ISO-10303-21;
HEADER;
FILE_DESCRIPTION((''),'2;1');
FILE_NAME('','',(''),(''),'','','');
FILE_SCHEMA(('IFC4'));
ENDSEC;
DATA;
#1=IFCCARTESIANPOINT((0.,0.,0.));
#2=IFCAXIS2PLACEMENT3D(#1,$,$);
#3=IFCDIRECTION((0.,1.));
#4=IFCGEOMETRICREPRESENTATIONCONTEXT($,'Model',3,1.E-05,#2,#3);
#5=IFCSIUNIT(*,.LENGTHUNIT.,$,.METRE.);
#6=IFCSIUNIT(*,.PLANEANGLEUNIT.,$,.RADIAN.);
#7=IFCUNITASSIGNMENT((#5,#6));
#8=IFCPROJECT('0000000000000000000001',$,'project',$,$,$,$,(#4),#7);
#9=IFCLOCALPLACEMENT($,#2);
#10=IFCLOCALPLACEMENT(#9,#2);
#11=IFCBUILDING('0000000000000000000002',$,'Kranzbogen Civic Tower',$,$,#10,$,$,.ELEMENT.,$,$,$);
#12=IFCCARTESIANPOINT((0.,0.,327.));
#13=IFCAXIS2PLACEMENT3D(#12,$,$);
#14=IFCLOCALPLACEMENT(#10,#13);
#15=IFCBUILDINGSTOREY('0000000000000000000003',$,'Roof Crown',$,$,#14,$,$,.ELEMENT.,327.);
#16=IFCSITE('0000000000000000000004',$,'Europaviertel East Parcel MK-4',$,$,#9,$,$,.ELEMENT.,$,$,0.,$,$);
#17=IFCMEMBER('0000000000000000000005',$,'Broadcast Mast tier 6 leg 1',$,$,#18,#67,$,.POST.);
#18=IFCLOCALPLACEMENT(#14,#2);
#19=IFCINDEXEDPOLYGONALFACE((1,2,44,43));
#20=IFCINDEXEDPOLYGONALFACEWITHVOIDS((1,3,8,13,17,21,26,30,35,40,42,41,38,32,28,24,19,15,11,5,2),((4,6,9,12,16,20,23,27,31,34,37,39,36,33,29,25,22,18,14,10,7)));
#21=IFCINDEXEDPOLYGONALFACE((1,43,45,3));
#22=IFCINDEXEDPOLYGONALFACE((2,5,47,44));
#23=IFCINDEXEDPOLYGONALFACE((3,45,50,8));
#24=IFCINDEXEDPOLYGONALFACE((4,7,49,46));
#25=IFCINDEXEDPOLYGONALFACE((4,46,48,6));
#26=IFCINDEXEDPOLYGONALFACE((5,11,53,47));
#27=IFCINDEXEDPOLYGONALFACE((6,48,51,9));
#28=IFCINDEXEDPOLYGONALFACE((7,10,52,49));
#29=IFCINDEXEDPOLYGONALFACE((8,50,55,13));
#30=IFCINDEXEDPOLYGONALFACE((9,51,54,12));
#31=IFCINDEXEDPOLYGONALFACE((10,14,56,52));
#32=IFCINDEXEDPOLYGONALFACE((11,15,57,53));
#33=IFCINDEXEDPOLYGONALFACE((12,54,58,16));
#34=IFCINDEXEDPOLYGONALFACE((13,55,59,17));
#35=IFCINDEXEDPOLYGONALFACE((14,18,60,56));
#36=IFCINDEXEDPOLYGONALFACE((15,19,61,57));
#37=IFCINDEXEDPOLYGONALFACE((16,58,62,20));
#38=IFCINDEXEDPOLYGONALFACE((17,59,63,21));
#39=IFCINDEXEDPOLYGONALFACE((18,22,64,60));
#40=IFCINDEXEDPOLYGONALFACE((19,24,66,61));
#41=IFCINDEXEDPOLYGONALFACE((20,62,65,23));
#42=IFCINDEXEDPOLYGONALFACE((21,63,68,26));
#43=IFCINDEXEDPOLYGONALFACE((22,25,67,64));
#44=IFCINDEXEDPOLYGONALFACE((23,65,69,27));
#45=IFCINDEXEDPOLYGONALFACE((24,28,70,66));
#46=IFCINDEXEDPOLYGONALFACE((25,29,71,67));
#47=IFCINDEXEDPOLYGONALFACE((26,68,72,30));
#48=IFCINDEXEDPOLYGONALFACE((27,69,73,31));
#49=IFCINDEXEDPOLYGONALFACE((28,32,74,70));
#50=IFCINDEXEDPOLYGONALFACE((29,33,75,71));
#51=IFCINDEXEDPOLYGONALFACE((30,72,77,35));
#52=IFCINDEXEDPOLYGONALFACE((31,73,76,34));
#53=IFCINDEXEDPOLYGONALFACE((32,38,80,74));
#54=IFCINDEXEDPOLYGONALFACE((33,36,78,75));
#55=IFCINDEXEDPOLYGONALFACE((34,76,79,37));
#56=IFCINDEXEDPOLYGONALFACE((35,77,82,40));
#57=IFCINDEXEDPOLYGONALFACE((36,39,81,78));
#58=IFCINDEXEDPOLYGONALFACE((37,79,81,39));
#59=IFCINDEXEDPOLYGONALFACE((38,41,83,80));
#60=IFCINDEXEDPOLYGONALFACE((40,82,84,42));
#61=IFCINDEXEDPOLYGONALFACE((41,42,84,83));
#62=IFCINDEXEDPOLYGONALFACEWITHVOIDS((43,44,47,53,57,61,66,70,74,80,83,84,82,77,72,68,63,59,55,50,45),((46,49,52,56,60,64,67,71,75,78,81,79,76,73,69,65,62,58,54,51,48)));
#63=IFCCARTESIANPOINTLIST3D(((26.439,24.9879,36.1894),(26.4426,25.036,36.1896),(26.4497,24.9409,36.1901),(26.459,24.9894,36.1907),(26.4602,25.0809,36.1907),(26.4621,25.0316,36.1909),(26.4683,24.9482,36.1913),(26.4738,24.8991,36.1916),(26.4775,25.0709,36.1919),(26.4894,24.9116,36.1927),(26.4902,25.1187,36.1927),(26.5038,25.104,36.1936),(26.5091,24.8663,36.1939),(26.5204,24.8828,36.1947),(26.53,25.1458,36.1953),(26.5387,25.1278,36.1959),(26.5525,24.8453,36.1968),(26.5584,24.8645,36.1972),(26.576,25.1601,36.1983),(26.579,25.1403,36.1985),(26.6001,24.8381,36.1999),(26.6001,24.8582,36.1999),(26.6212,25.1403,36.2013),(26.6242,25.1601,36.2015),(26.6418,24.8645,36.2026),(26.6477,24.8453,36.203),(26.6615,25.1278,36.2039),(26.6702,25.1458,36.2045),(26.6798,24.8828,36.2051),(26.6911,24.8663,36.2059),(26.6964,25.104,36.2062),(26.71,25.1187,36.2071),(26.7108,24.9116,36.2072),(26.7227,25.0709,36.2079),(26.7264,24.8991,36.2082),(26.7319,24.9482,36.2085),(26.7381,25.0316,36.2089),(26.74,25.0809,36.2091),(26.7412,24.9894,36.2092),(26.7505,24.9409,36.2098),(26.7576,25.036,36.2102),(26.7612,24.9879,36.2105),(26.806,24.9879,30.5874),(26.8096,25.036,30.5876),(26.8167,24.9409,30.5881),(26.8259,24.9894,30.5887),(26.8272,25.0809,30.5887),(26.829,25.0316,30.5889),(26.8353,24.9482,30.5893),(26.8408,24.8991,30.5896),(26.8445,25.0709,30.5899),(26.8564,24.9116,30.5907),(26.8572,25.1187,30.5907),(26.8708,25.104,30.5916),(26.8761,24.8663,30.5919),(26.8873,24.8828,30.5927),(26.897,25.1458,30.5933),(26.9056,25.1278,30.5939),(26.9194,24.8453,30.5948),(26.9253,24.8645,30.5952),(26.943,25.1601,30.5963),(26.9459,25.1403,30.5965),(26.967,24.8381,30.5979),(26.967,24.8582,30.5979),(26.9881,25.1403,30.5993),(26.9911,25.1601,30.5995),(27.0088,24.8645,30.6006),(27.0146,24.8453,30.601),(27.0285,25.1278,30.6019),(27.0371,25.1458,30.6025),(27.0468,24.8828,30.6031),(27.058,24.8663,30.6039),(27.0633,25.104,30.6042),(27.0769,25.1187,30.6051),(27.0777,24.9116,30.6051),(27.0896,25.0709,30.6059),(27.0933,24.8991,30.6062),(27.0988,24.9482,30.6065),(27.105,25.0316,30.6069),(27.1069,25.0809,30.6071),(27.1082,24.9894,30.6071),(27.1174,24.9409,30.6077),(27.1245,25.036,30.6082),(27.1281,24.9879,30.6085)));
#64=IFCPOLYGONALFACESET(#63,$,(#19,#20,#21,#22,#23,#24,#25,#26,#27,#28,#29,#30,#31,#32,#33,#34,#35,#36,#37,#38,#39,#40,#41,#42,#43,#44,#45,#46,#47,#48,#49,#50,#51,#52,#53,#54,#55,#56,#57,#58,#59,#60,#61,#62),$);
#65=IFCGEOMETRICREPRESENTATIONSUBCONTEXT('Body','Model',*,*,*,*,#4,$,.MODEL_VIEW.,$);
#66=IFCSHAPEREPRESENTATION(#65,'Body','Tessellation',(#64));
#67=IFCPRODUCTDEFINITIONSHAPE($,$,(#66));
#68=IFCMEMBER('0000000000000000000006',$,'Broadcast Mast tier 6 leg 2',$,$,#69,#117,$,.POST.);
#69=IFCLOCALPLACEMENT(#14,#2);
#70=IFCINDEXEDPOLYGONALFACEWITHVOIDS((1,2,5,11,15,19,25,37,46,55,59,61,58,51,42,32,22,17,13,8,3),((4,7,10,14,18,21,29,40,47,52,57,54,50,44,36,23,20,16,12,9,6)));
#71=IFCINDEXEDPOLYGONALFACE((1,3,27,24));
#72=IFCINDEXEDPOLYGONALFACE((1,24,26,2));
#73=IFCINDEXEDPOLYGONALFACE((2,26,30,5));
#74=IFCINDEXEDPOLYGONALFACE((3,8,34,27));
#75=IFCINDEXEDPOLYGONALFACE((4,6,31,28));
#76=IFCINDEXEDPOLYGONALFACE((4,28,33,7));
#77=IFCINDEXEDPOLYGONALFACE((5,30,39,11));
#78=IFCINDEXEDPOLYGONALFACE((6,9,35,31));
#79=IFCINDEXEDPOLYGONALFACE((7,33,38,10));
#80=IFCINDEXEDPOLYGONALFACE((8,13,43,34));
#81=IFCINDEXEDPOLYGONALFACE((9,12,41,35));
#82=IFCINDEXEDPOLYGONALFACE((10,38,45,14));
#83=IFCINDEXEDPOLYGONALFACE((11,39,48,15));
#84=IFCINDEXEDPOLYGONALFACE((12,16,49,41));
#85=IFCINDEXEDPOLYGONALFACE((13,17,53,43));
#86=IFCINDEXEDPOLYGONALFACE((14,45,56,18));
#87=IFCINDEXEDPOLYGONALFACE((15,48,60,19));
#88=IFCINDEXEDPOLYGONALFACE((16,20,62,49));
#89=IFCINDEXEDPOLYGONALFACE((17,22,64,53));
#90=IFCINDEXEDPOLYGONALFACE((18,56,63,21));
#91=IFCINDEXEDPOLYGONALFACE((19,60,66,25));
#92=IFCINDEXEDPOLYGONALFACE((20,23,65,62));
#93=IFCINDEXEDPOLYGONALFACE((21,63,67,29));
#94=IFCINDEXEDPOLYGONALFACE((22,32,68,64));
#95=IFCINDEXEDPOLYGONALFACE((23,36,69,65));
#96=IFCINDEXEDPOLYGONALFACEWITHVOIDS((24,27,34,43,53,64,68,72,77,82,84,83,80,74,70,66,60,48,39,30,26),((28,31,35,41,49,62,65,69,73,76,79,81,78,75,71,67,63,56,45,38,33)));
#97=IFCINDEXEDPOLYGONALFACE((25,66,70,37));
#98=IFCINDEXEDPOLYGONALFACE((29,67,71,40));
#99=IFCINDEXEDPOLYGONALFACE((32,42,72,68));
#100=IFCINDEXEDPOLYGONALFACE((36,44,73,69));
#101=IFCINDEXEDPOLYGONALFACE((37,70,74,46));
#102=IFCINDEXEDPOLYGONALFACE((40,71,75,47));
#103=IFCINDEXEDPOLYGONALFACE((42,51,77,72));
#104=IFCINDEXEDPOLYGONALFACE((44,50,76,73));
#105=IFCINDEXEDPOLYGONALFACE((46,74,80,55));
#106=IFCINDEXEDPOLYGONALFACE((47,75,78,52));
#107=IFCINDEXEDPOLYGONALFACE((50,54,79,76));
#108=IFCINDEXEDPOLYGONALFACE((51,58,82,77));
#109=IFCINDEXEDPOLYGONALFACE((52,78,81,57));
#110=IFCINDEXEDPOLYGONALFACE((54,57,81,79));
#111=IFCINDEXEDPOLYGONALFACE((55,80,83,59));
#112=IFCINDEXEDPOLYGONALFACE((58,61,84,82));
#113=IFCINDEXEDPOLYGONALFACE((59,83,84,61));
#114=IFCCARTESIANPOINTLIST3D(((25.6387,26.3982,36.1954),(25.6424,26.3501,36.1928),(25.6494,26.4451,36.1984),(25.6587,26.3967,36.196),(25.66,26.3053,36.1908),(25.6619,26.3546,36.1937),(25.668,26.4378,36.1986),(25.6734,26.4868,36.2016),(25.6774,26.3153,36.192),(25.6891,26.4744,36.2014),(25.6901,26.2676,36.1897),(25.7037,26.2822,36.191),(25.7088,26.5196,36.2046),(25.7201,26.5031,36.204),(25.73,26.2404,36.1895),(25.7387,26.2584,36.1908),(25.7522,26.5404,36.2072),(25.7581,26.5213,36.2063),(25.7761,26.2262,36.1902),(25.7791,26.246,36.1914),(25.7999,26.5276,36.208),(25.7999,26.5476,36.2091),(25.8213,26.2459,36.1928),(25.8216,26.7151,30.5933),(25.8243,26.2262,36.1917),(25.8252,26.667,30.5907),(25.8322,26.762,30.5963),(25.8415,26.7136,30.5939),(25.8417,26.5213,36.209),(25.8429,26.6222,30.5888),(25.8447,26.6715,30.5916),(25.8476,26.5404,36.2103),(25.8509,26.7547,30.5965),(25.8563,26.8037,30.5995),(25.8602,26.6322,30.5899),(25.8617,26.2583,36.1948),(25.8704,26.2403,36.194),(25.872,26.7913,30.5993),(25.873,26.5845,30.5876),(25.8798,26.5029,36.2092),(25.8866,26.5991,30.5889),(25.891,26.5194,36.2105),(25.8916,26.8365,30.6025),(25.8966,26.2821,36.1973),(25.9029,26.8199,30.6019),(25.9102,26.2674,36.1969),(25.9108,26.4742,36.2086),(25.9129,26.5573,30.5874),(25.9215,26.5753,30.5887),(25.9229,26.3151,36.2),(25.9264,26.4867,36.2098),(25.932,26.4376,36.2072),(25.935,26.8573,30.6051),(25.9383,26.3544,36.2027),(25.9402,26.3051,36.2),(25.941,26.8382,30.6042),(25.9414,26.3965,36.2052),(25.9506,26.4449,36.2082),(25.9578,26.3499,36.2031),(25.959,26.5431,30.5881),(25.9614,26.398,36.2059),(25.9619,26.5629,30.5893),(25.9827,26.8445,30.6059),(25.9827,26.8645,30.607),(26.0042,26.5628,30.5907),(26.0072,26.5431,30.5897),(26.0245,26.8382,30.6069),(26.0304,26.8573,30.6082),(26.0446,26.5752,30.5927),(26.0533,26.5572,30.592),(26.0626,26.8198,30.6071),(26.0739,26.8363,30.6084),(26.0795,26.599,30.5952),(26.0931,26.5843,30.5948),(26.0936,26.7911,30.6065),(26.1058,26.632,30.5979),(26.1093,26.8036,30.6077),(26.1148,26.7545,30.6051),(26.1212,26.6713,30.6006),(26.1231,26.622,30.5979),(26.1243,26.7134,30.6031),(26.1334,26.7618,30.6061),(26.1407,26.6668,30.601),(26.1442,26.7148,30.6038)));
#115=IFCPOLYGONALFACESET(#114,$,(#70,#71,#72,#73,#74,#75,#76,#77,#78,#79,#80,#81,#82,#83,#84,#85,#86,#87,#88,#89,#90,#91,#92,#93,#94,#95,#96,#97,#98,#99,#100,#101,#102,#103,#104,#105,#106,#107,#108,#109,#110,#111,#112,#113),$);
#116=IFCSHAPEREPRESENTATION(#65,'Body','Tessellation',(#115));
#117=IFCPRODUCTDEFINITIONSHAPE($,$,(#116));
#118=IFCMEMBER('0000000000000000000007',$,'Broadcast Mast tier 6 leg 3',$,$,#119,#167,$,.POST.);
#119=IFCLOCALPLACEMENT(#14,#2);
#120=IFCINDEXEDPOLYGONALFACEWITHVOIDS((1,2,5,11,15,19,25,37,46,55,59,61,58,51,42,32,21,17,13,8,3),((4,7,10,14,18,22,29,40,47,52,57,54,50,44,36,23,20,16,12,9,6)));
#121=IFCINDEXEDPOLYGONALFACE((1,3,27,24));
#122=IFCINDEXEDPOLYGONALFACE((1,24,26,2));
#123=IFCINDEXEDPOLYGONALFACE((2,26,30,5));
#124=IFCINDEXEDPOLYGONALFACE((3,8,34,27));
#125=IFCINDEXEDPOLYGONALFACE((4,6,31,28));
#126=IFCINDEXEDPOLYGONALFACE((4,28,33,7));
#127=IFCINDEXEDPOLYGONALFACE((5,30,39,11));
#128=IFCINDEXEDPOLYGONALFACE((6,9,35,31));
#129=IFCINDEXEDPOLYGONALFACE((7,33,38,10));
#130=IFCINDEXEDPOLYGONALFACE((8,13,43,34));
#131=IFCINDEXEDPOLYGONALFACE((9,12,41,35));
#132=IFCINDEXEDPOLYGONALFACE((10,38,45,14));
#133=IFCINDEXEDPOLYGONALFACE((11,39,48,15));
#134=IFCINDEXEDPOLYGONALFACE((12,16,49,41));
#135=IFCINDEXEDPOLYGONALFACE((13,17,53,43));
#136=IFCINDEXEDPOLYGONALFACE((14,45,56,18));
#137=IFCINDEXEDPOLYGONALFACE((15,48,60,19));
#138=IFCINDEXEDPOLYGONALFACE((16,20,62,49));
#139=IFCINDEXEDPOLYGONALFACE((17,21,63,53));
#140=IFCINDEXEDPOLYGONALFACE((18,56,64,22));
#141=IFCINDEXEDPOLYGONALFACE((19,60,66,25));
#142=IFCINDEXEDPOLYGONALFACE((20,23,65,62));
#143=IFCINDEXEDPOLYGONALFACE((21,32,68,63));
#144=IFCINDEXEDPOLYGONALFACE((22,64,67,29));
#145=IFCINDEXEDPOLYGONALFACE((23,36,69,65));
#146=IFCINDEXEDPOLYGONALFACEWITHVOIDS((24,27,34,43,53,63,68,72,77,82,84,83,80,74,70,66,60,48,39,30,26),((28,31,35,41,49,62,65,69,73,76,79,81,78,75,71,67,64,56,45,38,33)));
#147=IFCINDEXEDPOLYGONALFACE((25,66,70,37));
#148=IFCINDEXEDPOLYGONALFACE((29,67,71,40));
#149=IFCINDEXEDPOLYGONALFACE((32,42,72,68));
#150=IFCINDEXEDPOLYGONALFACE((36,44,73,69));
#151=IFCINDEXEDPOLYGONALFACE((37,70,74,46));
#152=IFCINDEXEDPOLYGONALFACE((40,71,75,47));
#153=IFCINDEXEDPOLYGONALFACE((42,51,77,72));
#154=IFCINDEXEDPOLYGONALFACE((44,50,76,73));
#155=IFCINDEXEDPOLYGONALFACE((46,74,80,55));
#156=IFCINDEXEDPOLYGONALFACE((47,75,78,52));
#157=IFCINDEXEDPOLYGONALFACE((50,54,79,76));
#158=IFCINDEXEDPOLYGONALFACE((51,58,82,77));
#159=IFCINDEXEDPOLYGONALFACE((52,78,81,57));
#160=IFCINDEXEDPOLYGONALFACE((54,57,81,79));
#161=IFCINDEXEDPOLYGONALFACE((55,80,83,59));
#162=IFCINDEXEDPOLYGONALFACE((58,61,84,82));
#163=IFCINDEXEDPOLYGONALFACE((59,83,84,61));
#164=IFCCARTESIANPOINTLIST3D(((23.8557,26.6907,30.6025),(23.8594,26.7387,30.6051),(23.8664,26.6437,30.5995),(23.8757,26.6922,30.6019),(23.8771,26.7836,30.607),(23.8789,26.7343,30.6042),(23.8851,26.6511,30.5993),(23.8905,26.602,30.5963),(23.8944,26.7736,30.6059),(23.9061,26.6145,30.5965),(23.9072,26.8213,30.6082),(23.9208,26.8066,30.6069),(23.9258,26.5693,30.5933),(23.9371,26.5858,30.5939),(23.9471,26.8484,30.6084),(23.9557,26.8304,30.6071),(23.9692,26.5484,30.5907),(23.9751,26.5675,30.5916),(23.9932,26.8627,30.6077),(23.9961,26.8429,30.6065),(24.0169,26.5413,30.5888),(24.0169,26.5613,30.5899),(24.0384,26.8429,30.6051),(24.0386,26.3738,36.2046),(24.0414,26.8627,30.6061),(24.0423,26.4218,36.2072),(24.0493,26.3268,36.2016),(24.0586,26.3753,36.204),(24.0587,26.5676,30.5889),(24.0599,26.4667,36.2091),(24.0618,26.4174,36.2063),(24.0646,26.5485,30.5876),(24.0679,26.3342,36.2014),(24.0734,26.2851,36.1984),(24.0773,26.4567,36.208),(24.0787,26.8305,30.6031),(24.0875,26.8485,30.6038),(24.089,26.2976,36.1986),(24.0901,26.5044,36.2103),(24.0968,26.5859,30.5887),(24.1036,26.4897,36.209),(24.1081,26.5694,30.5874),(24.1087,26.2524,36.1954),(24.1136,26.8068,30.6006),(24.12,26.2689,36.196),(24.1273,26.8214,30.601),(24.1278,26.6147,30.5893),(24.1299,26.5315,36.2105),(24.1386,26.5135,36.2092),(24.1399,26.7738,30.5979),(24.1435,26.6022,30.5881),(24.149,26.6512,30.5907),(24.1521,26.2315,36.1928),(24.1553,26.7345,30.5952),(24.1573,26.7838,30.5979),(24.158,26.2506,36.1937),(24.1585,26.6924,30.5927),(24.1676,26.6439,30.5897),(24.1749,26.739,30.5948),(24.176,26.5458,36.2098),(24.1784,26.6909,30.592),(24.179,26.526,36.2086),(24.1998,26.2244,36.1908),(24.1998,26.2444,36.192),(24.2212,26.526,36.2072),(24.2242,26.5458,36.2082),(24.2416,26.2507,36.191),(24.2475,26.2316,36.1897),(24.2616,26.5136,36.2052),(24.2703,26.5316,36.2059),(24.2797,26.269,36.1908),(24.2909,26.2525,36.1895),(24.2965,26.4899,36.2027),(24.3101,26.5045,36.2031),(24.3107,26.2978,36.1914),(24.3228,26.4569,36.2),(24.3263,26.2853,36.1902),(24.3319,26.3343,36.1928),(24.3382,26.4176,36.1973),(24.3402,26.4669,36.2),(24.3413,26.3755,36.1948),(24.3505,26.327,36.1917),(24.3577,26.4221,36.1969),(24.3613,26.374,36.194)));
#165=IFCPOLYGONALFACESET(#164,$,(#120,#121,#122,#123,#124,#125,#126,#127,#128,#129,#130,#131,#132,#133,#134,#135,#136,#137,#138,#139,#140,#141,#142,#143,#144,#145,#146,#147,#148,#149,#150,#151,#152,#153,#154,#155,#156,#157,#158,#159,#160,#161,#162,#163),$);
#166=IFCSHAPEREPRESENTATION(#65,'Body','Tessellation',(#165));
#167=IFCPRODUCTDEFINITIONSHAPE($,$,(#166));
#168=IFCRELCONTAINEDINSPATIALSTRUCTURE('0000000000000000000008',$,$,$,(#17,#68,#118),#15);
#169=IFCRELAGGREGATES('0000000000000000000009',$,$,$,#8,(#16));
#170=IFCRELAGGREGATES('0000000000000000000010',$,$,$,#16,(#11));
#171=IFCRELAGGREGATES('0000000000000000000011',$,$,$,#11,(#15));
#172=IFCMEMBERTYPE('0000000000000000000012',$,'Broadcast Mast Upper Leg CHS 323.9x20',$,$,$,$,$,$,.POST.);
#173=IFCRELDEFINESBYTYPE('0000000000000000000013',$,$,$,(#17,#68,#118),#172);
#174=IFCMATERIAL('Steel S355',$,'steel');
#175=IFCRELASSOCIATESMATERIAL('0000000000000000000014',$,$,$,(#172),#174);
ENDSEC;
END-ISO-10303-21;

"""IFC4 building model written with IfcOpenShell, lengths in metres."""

from ifc_helpers import new_model, si_unit, direction, frame, origin, origin_2d, place, context, subcontext, project, spatial, hollow_circle, extrude, material, material_profile, profile_set, type_object, element, save


model = new_model("IFC4")

# Units and contexts
model_context = context("Model", 3, precision=1e-05, world=origin(), true_north=direction((0.0, 1.0)))
body_context = subcontext(model_context, "Body", "Model", "MODEL_VIEW")
ifc_project = project(units=[si_unit("LENGTHUNIT", "METRE"), si_unit("PLANEANGLEUNIT", "RADIAN")], contexts=[model_context])

# Site, building, storey
site_placement = place(None, origin())
site = spatial("IfcSite", under=ifc_project, at=site_placement, Name="Europaviertel East Parcel MK-4", CompositionType="ELEMENT", RefElevation=0.0)
building_placement = place(site_placement, origin())
building = spatial("IfcBuilding", under=site, at=building_placement, Name="Kranzbogen Civic Tower", CompositionType="ELEMENT")
storey_placement = place(building_placement, frame((0.0, 0.0, 327.0)))
storey = spatial("IfcBuildingStorey", under=building, at=storey_placement, Name="Roof Crown", CompositionType="ELEMENT", Elevation=327.0)

# Members
ifc_material = material(Name="Steel S355", Category="steel")
ifc_material_profile_1 = material_profile(ifc_material, hollow_circle(Radius=0.1619, WallThickness=0.02, at=origin_2d()), Name="CHS 323.9x20")
ifc_profile_set_1 = profile_set([ifc_material_profile_1], Name="Steel S355")
member_type_1 = type_object("IfcMemberType", Name="Broadcast Mast Upper Leg CHS 323.9x20", PredefinedType="POST", material=ifc_profile_set_1)
for number, where, z_axis, x_axis, name in (
    (1, (26.967, 25.0, 30.5979), (-0.065362, 0.0, 0.997862), (0.0, -1.0, 0.0), "Broadcast Mast tier 6 leg 1"),
    (2, (25.9829, 26.7029, 30.5979), (-0.032572, -0.056447, 0.997874), (0.866141, -0.499799, 0.0), "Broadcast Mast tier 6 leg 2"),
    (3, (24.0171, 26.7029, 30.5979), (0.032572, -0.056447, 0.997874), (0.866141, 0.499799, 0.0), "Broadcast Mast tier 6 leg 3"),
):
    element("IfcMember", number, at=place(storey_placement, frame(where, z_axis=z_axis, x_axis=x_axis)), inside=storey, type_object=member_type_1, Name=name, PredefinedType="POST", context=body_context, shape_type="SweptSolid", body=[
        extrude(hollow_circle(Radius=0.1619, WallThickness=0.02, at=origin_2d()), origin(), (0.0, 0.0, 1.0), 5.614),
    ])

save(model, "model.ifc")
